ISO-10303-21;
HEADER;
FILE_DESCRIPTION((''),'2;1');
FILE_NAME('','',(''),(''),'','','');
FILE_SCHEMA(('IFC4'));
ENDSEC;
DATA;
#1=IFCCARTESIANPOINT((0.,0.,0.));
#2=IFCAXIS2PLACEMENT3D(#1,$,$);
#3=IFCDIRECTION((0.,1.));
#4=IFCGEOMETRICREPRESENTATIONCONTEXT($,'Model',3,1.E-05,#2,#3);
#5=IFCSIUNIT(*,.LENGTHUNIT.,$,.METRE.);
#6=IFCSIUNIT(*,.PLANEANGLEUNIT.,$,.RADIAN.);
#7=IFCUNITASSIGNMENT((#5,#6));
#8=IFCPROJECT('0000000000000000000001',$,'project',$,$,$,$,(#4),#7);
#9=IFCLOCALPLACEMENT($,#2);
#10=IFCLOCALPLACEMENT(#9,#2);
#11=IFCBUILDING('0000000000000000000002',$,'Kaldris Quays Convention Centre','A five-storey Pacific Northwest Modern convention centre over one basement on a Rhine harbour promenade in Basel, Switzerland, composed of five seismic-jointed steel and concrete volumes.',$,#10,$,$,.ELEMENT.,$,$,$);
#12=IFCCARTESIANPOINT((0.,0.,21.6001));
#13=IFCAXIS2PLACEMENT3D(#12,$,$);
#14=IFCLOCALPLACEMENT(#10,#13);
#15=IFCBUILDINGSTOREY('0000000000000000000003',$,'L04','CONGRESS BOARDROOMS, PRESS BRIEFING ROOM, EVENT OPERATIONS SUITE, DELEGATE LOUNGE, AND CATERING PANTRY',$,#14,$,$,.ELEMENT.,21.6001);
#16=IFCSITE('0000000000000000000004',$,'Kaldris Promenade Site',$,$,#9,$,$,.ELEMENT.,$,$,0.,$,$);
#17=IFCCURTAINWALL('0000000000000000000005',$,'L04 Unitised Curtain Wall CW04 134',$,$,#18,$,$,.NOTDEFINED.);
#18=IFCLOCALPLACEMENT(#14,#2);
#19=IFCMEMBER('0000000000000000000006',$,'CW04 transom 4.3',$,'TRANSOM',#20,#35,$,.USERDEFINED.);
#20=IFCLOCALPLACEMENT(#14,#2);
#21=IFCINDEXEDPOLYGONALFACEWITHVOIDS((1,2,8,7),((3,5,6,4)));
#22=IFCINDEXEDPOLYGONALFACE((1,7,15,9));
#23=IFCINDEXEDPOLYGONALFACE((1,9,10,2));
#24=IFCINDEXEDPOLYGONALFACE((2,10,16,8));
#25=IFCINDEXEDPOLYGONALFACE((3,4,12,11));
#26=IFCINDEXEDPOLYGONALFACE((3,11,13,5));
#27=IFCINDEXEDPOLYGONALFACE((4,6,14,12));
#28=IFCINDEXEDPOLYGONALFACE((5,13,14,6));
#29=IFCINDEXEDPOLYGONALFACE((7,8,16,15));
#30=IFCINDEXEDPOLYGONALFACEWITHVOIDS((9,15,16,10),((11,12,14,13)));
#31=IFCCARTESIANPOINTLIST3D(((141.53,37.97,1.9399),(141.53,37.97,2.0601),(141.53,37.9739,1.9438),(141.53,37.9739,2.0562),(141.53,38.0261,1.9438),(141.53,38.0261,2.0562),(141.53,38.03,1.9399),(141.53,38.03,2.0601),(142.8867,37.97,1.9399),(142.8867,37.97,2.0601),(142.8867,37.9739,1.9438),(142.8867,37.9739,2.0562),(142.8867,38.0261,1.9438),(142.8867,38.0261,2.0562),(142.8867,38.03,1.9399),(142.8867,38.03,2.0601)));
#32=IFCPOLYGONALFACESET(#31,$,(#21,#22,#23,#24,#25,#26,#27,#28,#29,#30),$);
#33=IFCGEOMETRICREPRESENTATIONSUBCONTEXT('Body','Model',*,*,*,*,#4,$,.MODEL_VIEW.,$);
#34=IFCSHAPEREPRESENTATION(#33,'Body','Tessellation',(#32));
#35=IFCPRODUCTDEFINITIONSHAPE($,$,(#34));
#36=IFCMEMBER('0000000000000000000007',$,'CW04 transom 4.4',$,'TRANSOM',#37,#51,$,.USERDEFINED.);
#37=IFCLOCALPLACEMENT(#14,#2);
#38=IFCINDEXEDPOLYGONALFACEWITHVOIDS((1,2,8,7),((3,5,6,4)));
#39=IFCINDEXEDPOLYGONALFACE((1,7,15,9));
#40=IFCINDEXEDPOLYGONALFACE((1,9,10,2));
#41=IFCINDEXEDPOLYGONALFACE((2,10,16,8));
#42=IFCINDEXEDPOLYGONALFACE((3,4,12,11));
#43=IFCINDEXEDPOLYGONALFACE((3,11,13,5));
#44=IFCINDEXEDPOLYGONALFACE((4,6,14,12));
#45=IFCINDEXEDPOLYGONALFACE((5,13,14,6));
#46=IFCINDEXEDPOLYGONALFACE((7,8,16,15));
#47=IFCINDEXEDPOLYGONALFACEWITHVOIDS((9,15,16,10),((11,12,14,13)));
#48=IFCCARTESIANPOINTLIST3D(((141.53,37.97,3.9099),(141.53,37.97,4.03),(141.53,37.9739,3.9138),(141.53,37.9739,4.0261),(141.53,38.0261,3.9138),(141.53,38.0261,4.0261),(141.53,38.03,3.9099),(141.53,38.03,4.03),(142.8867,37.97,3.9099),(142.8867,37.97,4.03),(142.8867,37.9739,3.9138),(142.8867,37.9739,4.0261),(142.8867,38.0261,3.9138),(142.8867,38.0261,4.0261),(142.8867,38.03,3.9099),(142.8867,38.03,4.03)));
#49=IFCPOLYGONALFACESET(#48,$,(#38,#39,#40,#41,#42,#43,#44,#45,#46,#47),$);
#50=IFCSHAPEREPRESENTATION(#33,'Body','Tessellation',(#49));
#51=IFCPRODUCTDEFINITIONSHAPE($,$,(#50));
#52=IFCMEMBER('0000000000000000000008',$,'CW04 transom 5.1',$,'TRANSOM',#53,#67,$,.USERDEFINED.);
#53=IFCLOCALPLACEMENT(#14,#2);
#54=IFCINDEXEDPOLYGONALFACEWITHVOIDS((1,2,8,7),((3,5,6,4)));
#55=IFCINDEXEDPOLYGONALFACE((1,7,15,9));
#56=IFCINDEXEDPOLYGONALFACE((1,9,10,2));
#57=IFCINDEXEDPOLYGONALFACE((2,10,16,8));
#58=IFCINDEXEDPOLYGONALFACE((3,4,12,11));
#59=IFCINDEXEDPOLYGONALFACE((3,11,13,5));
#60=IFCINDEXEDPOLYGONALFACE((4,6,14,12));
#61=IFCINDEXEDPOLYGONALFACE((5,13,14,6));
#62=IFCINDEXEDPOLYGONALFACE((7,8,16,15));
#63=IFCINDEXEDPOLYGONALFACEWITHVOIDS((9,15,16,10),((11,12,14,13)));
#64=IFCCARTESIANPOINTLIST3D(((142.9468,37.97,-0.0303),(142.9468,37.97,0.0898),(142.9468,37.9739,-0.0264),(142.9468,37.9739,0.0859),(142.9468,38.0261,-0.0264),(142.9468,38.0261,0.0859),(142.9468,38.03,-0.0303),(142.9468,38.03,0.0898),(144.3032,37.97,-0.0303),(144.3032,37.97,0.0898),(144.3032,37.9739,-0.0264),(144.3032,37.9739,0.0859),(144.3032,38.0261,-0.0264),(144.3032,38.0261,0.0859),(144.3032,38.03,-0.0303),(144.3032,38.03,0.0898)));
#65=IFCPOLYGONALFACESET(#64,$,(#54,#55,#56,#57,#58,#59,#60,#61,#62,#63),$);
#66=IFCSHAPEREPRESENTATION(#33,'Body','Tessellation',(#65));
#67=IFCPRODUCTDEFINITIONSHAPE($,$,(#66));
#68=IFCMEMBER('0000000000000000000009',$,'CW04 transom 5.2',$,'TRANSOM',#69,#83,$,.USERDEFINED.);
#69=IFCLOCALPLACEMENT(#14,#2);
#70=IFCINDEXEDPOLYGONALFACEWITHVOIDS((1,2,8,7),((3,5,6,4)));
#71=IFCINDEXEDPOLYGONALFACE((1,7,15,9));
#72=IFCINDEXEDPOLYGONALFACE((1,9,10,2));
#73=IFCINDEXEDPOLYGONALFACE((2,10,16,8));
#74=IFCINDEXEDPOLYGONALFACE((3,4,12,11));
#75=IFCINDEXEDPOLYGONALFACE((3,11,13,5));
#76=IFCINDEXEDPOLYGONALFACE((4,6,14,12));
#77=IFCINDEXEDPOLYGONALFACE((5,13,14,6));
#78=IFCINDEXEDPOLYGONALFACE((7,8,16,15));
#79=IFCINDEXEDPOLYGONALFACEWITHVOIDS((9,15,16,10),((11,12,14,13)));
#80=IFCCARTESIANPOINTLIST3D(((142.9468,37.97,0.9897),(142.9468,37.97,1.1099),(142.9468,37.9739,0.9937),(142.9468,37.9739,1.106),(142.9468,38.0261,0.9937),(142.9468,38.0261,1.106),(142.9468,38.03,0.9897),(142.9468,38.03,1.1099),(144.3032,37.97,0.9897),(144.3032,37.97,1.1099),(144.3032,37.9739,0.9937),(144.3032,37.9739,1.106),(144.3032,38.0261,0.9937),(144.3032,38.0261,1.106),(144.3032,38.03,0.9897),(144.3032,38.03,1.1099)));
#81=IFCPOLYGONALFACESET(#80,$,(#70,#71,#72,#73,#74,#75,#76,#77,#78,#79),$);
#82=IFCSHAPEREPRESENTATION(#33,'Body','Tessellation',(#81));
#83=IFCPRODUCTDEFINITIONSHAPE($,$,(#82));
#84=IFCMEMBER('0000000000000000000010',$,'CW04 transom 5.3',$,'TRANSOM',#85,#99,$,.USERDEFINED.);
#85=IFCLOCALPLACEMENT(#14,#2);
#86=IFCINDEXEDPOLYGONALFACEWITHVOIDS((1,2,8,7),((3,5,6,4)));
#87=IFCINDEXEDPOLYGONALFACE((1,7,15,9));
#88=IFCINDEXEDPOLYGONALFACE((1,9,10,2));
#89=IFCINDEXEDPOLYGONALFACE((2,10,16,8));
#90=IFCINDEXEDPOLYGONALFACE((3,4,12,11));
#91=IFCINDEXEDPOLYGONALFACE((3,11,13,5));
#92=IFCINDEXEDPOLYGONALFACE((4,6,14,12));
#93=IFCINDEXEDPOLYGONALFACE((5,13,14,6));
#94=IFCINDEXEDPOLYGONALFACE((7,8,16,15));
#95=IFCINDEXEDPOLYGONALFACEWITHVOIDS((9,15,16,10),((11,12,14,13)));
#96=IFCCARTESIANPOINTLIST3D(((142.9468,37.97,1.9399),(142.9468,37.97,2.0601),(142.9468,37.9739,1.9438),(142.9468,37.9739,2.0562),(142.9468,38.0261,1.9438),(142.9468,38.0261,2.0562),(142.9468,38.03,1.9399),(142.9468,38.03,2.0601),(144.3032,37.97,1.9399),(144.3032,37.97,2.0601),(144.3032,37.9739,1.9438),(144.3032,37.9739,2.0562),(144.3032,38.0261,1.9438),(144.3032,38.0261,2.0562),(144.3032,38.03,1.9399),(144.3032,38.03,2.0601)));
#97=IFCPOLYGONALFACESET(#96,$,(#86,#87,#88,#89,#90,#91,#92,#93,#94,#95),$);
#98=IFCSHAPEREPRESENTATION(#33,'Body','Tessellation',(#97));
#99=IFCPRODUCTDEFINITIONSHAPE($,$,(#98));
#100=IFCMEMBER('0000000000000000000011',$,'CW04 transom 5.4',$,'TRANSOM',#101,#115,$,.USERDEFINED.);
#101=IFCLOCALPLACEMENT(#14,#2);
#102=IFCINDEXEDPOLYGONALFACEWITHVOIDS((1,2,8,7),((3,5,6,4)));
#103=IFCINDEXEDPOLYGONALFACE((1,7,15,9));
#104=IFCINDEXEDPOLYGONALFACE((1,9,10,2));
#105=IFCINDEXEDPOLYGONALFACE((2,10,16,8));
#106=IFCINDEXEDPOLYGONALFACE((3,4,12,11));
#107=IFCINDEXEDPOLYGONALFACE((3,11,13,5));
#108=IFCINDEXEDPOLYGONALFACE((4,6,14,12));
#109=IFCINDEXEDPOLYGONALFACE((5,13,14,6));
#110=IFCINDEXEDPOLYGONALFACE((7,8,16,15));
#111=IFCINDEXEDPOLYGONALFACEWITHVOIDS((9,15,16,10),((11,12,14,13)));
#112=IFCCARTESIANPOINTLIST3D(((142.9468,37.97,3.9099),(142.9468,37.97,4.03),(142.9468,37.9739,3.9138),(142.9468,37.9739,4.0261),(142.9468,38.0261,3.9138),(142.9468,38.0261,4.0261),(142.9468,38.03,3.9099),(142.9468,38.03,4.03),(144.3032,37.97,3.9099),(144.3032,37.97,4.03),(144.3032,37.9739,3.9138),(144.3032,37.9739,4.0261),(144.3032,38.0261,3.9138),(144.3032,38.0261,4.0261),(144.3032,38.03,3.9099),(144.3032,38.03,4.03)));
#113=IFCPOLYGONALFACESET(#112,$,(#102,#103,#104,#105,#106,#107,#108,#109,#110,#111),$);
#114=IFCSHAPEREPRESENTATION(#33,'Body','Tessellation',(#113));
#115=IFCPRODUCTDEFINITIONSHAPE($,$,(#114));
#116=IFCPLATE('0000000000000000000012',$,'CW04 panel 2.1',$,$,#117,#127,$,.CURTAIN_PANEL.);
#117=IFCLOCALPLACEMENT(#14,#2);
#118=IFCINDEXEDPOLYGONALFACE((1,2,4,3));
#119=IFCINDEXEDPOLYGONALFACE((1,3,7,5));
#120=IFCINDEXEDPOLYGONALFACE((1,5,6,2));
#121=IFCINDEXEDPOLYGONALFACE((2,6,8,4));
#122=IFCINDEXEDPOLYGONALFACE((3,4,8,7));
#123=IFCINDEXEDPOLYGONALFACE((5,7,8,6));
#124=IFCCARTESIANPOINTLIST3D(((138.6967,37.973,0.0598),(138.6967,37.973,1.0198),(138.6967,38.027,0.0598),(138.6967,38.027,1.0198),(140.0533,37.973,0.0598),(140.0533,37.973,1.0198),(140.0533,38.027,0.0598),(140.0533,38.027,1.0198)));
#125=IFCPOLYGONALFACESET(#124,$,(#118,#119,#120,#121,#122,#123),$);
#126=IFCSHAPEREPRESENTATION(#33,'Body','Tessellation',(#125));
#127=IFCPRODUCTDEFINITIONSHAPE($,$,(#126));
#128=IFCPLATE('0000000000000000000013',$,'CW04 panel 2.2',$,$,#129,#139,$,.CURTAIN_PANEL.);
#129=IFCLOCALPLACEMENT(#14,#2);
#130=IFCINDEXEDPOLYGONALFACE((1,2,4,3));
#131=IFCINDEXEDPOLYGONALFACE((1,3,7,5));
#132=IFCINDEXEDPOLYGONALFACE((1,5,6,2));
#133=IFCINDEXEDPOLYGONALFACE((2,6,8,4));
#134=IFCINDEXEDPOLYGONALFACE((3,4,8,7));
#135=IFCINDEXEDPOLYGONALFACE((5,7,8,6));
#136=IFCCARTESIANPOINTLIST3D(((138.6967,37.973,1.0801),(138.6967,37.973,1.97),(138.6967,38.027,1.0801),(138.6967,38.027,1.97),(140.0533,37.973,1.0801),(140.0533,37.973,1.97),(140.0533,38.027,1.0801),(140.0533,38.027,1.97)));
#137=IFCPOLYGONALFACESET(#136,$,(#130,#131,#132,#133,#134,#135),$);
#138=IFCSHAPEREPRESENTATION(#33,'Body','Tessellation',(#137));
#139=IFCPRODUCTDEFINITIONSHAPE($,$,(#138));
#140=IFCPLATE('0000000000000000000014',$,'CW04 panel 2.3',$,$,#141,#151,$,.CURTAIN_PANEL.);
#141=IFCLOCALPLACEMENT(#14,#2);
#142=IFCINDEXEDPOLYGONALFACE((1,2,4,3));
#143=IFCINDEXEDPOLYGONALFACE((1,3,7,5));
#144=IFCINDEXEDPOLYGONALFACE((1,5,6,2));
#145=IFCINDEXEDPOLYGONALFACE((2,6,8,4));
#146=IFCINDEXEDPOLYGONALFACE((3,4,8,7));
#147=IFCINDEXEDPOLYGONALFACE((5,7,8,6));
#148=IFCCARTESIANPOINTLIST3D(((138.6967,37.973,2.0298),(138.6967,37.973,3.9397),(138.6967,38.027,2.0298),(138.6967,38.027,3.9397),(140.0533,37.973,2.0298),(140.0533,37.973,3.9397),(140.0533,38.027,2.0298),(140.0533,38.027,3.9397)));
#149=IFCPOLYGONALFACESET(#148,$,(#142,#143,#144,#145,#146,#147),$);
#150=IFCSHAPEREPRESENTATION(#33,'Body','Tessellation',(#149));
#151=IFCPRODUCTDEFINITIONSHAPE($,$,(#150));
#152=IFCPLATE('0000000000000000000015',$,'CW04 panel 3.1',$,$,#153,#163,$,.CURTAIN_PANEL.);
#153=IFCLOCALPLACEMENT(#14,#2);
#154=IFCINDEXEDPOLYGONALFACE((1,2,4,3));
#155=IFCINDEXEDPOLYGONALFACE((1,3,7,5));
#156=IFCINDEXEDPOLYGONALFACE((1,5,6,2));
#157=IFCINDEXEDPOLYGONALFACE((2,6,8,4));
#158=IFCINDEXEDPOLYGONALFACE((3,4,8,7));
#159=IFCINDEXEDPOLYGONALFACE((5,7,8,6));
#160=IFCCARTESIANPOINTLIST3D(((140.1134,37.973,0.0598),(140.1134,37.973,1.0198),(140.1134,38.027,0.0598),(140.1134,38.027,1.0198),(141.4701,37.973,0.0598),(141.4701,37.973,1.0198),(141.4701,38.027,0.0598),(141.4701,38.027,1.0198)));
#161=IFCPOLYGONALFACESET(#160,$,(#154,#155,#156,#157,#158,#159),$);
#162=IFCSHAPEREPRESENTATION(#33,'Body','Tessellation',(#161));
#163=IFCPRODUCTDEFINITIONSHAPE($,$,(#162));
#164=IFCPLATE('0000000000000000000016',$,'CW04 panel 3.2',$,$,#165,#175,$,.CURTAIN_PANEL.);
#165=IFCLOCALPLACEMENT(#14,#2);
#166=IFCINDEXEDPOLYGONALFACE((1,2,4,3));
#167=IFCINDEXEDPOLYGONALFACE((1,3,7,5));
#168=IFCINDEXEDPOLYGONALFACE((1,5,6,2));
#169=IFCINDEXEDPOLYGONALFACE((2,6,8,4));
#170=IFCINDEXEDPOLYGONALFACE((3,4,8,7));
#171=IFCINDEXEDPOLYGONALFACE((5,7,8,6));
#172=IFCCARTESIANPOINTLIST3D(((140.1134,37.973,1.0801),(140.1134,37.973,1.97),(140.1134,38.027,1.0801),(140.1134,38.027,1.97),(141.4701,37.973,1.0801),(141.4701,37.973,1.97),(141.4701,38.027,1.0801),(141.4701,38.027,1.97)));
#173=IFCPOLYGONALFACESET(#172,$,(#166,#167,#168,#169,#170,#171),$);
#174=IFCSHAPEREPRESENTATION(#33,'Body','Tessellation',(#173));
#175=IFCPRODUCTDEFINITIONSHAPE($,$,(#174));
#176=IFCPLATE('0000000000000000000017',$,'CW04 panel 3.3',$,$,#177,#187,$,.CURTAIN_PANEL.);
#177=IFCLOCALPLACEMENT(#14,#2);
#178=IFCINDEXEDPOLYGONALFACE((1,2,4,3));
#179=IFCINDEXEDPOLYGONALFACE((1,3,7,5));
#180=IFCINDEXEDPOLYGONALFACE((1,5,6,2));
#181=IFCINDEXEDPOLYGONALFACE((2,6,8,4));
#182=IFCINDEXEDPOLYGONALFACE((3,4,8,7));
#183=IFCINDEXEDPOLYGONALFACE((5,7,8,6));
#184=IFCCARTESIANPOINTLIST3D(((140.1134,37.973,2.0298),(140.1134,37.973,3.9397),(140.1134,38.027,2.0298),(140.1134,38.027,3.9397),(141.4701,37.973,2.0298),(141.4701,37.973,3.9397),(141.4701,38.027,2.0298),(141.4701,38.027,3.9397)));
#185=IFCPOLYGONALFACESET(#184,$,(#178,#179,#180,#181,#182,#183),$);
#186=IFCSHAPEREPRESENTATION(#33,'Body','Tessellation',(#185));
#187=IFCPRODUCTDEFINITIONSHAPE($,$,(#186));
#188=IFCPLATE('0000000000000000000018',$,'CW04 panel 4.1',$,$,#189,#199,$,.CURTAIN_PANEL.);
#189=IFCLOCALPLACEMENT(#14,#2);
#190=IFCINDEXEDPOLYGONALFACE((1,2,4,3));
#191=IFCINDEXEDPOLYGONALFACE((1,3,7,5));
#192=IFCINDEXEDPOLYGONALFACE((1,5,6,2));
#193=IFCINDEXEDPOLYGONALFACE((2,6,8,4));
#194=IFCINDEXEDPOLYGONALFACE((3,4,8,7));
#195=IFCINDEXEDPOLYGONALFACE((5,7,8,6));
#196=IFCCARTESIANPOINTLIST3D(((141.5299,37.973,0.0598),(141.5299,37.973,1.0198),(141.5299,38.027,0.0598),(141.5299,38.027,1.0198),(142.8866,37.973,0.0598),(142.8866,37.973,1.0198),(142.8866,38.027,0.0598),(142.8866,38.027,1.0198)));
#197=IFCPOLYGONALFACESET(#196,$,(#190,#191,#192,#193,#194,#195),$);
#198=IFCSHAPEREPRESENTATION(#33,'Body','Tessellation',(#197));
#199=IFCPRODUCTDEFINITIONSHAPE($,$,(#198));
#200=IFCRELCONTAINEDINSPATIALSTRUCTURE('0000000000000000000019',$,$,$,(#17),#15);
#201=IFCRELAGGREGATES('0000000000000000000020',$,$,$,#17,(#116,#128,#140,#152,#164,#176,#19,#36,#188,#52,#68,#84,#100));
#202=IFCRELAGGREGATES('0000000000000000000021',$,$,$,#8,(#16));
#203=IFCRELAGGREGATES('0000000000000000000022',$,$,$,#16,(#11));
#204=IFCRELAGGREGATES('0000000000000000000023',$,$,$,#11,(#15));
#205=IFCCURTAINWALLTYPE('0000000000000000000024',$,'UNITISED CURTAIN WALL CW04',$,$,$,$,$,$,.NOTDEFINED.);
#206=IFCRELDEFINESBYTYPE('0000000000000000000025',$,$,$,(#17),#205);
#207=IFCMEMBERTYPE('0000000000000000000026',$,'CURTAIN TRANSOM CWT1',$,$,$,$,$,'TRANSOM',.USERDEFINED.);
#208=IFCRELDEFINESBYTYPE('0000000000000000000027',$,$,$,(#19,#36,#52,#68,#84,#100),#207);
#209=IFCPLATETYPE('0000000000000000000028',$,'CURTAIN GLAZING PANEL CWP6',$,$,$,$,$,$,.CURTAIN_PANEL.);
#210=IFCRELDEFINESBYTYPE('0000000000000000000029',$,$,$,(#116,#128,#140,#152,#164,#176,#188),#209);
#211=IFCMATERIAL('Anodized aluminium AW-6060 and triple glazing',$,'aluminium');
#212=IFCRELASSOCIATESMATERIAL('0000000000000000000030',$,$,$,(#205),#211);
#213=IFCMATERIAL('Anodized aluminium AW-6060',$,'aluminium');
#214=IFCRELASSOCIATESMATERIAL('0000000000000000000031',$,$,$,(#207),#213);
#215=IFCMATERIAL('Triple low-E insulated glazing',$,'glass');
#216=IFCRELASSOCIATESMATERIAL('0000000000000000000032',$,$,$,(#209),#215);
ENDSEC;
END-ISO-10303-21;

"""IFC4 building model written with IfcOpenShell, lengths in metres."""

from ifc_helpers import new_model, si_unit, direction, frame, origin, origin_2d, place, context, subcontext, project, spatial, rectangle, hollow_rectangle, extrude, material, material_profile, profile_set, type_object, element, aggregate, save


model = new_model("IFC4")

# Units and contexts
model_context = context("Model", 3, precision=1e-05, world=origin(), true_north=direction((0.0, 1.0)))
body_context = subcontext(model_context, "Body", "Model", "MODEL_VIEW")
ifc_project = project(units=[si_unit("LENGTHUNIT", "METRE"), si_unit("PLANEANGLEUNIT", "RADIAN")], contexts=[model_context])

# Site, building, storey
site_placement = place(None, origin())
site = spatial("IfcSite", under=ifc_project, at=site_placement, Name="Kaldris Promenade Site", CompositionType="ELEMENT", RefElevation=0.0)
building_placement = place(site_placement, origin())
building = spatial("IfcBuilding", under=site, at=building_placement, Name="Kaldris Quays Convention Centre", Description="A five-storey Pacific Northwest Modern convention centre over one basement on a Rhine harbour promenade in Basel, Switzerland, composed of five seismic-jointed steel and concrete volumes.", CompositionType="ELEMENT")
storey_placement = place(building_placement, frame((0.0, 0.0, 21.6001)))
storey = spatial("IfcBuildingStorey", under=building, at=storey_placement, Name="L04", Description="CONGRESS BOARDROOMS, PRESS BRIEFING ROOM, EVENT OPERATIONS SUITE, DELEGATE LOUNGE, AND CATERING PANTRY", CompositionType="ELEMENT", Elevation=21.6001)

# Curtain wall, members, plates
ifc_material_1 = material(Name="Anodized aluminium AW-6060 and triple glazing", Category="aluminium")
curtain_wall_type = type_object("IfcCurtainWallType", Name="UNITISED CURTAIN WALL CW04", PredefinedType="NOTDEFINED", material=ifc_material_1)
curtain_wall_placement = place(storey_placement, origin())
curtain_wall = element("IfcCurtainWall", 1, at=curtain_wall_placement, inside=storey, type_object=curtain_wall_type, Name="L04 Unitised Curtain Wall CW04 134", PredefinedType="NOTDEFINED")
ifc_material_2 = material(Name="Anodized aluminium AW-6060", Category="aluminium")
ifc_material_profile_1 = material_profile(ifc_material_2, hollow_rectangle(XDim=0.0601, YDim=0.1201, WallThickness=0.0039, at=origin_2d()), Name="RHS 120x60x4")
ifc_profile_set_1 = profile_set([ifc_material_profile_1], Name="Anodized aluminium AW-6060")
member_type_1 = type_object("IfcMemberType", Name="CURTAIN TRANSOM CWT1", ElementType="TRANSOM", PredefinedType="USERDEFINED", material=ifc_profile_set_1)
member_1_placement = place(storey_placement, frame((141.53, 38.0, 2.0), z_axis=(1.0, 0.0, 0.0), x_axis=(0.0, 1.0, 0.0)))
member_1 = element("IfcMember", 2, at=member_1_placement, type_object=member_type_1, Name="CW04 transom 4.3", ObjectType="TRANSOM", PredefinedType="USERDEFINED", context=body_context, shape_type="SweptSolid", body=[
    extrude(hollow_rectangle(XDim=0.0601, YDim=0.1201, WallThickness=0.0039, at=origin_2d()), origin(), (0.0, 0.0, 1.0), 1.3567),
])
member_2_placement = place(storey_placement, frame((141.53, 38.0, 3.97), z_axis=(1.0, 0.0, 0.0), x_axis=(0.0, 1.0, 0.0)))
member_2 = element("IfcMember", 3, at=member_2_placement, type_object=member_type_1, Name="CW04 transom 4.4", ObjectType="TRANSOM", PredefinedType="USERDEFINED", context=body_context, shape_type="SweptSolid", body=[
    extrude(hollow_rectangle(XDim=0.0601, YDim=0.1201, WallThickness=0.0039, at=origin_2d()), origin(), (0.0, 0.0, 1.0), 1.3567),
])
member_3_placement = place(storey_placement, frame((142.9468, 38.0, 0.0298), z_axis=(1.0, 0.0, 0.0), x_axis=(0.0, 1.0, 0.0)))
member_3 = element("IfcMember", 4, at=member_3_placement, type_object=member_type_1, Name="CW04 transom 5.1", ObjectType="TRANSOM", PredefinedType="USERDEFINED", context=body_context, shape_type="SweptSolid", body=[
    extrude(hollow_rectangle(XDim=0.0601, YDim=0.1201, WallThickness=0.0039, at=origin_2d()), origin(), (0.0, 0.0, 1.0), 1.3564),
])
member_4_placement = place(storey_placement, frame((142.9468, 38.0, 1.0498), z_axis=(1.0, 0.0, 0.0), x_axis=(0.0, 1.0, 0.0)))
member_4 = element("IfcMember", 5, at=member_4_placement, type_object=member_type_1, Name="CW04 transom 5.2", ObjectType="TRANSOM", PredefinedType="USERDEFINED", context=body_context, shape_type="SweptSolid", body=[
    extrude(hollow_rectangle(XDim=0.0601, YDim=0.1201, WallThickness=0.0039, at=origin_2d()), origin(), (0.0, 0.0, 1.0), 1.3564),
])
member_5_placement = place(storey_placement, frame((142.9468, 38.0, 2.0), z_axis=(1.0, 0.0, 0.0), x_axis=(0.0, 1.0, 0.0)))
member_5 = element("IfcMember", 6, at=member_5_placement, type_object=member_type_1, Name="CW04 transom 5.3", ObjectType="TRANSOM", PredefinedType="USERDEFINED", context=body_context, shape_type="SweptSolid", body=[
    extrude(hollow_rectangle(XDim=0.0601, YDim=0.1201, WallThickness=0.0039, at=origin_2d()), origin(), (0.0, 0.0, 1.0), 1.3564),
])
member_6_placement = place(storey_placement, frame((142.9468, 38.0, 3.97), z_axis=(1.0, 0.0, 0.0), x_axis=(0.0, 1.0, 0.0)))
member_6 = element("IfcMember", 7, at=member_6_placement, type_object=member_type_1, Name="CW04 transom 5.4", ObjectType="TRANSOM", PredefinedType="USERDEFINED", context=body_context, shape_type="SweptSolid", body=[
    extrude(hollow_rectangle(XDim=0.0601, YDim=0.1201, WallThickness=0.0039, at=origin_2d()), origin(), (0.0, 0.0, 1.0), 1.3564),
])
ifc_material_3 = material(Name="Triple low-E insulated glazing", Category="glass")
plate_type = type_object("IfcPlateType", Name="CURTAIN GLAZING PANEL CWP6", PredefinedType="CURTAIN_PANEL", material=ifc_material_3)
plate_1_placement = place(storey_placement, frame((139.375, 38.0, 0.0598), z_axis=(0.0, 0.0, 1.0), x_axis=(1.0, 0.0, 0.0)))
plate_1 = element("IfcPlate", 8, at=plate_1_placement, type_object=plate_type, Name="CW04 panel 2.1", PredefinedType="CURTAIN_PANEL", context=body_context, shape_type="SweptSolid", body=[
    extrude(rectangle(XDim=1.3567, YDim=0.054, at=origin_2d()), origin(), (0.0, 0.0, 1.0), 0.96),
])
plate_2_placement = place(storey_placement, frame((139.375, 38.0, 1.0801), z_axis=(0.0, 0.0, 1.0), x_axis=(1.0, 0.0, 0.0)))
plate_2 = element("IfcPlate", 9, at=plate_2_placement, type_object=plate_type, Name="CW04 panel 2.2", PredefinedType="CURTAIN_PANEL", context=body_context, shape_type="SweptSolid", body=[
    extrude(rectangle(XDim=1.3567, YDim=0.054, at=origin_2d()), origin(), (0.0, 0.0, 1.0), 0.8899),
])
plate_3_placement = place(storey_placement, frame((139.375, 38.0, 2.0298), z_axis=(0.0, 0.0, 1.0), x_axis=(1.0, 0.0, 0.0)))
plate_3 = element("IfcPlate", 10, at=plate_3_placement, type_object=plate_type, Name="CW04 panel 2.3", PredefinedType="CURTAIN_PANEL", context=body_context, shape_type="SweptSolid", body=[
    extrude(rectangle(XDim=1.3567, YDim=0.054, at=origin_2d()), origin(), (0.0, 0.0, 1.0), 1.9099),
])
plate_4_placement = place(storey_placement, frame((140.7917, 38.0, 0.0598), z_axis=(0.0, 0.0, 1.0), x_axis=(1.0, 0.0, 0.0)))
plate_4 = element("IfcPlate", 11, at=plate_4_placement, type_object=plate_type, Name="CW04 panel 3.1", PredefinedType="CURTAIN_PANEL", context=body_context, shape_type="SweptSolid", body=[
    extrude(rectangle(XDim=1.3567, YDim=0.054, at=origin_2d()), origin(), (0.0, 0.0, 1.0), 0.96),
])
plate_5_placement = place(storey_placement, frame((140.7917, 38.0, 1.0801), z_axis=(0.0, 0.0, 1.0), x_axis=(1.0, 0.0, 0.0)))
plate_5 = element("IfcPlate", 12, at=plate_5_placement, type_object=plate_type, Name="CW04 panel 3.2", PredefinedType="CURTAIN_PANEL", context=body_context, shape_type="SweptSolid", body=[
    extrude(rectangle(XDim=1.3567, YDim=0.054, at=origin_2d()), origin(), (0.0, 0.0, 1.0), 0.8899),
])
plate_6_placement = place(storey_placement, frame((140.7917, 38.0, 2.0298), z_axis=(0.0, 0.0, 1.0), x_axis=(1.0, 0.0, 0.0)))
plate_6 = element("IfcPlate", 13, at=plate_6_placement, type_object=plate_type, Name="CW04 panel 3.3", PredefinedType="CURTAIN_PANEL", context=body_context, shape_type="SweptSolid", body=[
    extrude(rectangle(XDim=1.3567, YDim=0.054, at=origin_2d()), origin(), (0.0, 0.0, 1.0), 1.9099),
])
plate_7_placement = place(storey_placement, frame((142.2083, 38.0, 0.0598), z_axis=(0.0, 0.0, 1.0), x_axis=(1.0, 0.0, 0.0)))
plate_7 = element("IfcPlate", 14, at=plate_7_placement, type_object=plate_type, Name="CW04 panel 4.1", PredefinedType="CURTAIN_PANEL", context=body_context, shape_type="SweptSolid", body=[
    extrude(rectangle(XDim=1.3567, YDim=0.054, at=origin_2d()), origin(), (0.0, 0.0, 1.0), 0.96),
])
aggregate(curtain_wall, [plate_1, plate_2, plate_3, plate_4, plate_5, plate_6, member_1, member_2, plate_7, member_3, member_4, member_5, member_6])

save(model, "model.ifc")
